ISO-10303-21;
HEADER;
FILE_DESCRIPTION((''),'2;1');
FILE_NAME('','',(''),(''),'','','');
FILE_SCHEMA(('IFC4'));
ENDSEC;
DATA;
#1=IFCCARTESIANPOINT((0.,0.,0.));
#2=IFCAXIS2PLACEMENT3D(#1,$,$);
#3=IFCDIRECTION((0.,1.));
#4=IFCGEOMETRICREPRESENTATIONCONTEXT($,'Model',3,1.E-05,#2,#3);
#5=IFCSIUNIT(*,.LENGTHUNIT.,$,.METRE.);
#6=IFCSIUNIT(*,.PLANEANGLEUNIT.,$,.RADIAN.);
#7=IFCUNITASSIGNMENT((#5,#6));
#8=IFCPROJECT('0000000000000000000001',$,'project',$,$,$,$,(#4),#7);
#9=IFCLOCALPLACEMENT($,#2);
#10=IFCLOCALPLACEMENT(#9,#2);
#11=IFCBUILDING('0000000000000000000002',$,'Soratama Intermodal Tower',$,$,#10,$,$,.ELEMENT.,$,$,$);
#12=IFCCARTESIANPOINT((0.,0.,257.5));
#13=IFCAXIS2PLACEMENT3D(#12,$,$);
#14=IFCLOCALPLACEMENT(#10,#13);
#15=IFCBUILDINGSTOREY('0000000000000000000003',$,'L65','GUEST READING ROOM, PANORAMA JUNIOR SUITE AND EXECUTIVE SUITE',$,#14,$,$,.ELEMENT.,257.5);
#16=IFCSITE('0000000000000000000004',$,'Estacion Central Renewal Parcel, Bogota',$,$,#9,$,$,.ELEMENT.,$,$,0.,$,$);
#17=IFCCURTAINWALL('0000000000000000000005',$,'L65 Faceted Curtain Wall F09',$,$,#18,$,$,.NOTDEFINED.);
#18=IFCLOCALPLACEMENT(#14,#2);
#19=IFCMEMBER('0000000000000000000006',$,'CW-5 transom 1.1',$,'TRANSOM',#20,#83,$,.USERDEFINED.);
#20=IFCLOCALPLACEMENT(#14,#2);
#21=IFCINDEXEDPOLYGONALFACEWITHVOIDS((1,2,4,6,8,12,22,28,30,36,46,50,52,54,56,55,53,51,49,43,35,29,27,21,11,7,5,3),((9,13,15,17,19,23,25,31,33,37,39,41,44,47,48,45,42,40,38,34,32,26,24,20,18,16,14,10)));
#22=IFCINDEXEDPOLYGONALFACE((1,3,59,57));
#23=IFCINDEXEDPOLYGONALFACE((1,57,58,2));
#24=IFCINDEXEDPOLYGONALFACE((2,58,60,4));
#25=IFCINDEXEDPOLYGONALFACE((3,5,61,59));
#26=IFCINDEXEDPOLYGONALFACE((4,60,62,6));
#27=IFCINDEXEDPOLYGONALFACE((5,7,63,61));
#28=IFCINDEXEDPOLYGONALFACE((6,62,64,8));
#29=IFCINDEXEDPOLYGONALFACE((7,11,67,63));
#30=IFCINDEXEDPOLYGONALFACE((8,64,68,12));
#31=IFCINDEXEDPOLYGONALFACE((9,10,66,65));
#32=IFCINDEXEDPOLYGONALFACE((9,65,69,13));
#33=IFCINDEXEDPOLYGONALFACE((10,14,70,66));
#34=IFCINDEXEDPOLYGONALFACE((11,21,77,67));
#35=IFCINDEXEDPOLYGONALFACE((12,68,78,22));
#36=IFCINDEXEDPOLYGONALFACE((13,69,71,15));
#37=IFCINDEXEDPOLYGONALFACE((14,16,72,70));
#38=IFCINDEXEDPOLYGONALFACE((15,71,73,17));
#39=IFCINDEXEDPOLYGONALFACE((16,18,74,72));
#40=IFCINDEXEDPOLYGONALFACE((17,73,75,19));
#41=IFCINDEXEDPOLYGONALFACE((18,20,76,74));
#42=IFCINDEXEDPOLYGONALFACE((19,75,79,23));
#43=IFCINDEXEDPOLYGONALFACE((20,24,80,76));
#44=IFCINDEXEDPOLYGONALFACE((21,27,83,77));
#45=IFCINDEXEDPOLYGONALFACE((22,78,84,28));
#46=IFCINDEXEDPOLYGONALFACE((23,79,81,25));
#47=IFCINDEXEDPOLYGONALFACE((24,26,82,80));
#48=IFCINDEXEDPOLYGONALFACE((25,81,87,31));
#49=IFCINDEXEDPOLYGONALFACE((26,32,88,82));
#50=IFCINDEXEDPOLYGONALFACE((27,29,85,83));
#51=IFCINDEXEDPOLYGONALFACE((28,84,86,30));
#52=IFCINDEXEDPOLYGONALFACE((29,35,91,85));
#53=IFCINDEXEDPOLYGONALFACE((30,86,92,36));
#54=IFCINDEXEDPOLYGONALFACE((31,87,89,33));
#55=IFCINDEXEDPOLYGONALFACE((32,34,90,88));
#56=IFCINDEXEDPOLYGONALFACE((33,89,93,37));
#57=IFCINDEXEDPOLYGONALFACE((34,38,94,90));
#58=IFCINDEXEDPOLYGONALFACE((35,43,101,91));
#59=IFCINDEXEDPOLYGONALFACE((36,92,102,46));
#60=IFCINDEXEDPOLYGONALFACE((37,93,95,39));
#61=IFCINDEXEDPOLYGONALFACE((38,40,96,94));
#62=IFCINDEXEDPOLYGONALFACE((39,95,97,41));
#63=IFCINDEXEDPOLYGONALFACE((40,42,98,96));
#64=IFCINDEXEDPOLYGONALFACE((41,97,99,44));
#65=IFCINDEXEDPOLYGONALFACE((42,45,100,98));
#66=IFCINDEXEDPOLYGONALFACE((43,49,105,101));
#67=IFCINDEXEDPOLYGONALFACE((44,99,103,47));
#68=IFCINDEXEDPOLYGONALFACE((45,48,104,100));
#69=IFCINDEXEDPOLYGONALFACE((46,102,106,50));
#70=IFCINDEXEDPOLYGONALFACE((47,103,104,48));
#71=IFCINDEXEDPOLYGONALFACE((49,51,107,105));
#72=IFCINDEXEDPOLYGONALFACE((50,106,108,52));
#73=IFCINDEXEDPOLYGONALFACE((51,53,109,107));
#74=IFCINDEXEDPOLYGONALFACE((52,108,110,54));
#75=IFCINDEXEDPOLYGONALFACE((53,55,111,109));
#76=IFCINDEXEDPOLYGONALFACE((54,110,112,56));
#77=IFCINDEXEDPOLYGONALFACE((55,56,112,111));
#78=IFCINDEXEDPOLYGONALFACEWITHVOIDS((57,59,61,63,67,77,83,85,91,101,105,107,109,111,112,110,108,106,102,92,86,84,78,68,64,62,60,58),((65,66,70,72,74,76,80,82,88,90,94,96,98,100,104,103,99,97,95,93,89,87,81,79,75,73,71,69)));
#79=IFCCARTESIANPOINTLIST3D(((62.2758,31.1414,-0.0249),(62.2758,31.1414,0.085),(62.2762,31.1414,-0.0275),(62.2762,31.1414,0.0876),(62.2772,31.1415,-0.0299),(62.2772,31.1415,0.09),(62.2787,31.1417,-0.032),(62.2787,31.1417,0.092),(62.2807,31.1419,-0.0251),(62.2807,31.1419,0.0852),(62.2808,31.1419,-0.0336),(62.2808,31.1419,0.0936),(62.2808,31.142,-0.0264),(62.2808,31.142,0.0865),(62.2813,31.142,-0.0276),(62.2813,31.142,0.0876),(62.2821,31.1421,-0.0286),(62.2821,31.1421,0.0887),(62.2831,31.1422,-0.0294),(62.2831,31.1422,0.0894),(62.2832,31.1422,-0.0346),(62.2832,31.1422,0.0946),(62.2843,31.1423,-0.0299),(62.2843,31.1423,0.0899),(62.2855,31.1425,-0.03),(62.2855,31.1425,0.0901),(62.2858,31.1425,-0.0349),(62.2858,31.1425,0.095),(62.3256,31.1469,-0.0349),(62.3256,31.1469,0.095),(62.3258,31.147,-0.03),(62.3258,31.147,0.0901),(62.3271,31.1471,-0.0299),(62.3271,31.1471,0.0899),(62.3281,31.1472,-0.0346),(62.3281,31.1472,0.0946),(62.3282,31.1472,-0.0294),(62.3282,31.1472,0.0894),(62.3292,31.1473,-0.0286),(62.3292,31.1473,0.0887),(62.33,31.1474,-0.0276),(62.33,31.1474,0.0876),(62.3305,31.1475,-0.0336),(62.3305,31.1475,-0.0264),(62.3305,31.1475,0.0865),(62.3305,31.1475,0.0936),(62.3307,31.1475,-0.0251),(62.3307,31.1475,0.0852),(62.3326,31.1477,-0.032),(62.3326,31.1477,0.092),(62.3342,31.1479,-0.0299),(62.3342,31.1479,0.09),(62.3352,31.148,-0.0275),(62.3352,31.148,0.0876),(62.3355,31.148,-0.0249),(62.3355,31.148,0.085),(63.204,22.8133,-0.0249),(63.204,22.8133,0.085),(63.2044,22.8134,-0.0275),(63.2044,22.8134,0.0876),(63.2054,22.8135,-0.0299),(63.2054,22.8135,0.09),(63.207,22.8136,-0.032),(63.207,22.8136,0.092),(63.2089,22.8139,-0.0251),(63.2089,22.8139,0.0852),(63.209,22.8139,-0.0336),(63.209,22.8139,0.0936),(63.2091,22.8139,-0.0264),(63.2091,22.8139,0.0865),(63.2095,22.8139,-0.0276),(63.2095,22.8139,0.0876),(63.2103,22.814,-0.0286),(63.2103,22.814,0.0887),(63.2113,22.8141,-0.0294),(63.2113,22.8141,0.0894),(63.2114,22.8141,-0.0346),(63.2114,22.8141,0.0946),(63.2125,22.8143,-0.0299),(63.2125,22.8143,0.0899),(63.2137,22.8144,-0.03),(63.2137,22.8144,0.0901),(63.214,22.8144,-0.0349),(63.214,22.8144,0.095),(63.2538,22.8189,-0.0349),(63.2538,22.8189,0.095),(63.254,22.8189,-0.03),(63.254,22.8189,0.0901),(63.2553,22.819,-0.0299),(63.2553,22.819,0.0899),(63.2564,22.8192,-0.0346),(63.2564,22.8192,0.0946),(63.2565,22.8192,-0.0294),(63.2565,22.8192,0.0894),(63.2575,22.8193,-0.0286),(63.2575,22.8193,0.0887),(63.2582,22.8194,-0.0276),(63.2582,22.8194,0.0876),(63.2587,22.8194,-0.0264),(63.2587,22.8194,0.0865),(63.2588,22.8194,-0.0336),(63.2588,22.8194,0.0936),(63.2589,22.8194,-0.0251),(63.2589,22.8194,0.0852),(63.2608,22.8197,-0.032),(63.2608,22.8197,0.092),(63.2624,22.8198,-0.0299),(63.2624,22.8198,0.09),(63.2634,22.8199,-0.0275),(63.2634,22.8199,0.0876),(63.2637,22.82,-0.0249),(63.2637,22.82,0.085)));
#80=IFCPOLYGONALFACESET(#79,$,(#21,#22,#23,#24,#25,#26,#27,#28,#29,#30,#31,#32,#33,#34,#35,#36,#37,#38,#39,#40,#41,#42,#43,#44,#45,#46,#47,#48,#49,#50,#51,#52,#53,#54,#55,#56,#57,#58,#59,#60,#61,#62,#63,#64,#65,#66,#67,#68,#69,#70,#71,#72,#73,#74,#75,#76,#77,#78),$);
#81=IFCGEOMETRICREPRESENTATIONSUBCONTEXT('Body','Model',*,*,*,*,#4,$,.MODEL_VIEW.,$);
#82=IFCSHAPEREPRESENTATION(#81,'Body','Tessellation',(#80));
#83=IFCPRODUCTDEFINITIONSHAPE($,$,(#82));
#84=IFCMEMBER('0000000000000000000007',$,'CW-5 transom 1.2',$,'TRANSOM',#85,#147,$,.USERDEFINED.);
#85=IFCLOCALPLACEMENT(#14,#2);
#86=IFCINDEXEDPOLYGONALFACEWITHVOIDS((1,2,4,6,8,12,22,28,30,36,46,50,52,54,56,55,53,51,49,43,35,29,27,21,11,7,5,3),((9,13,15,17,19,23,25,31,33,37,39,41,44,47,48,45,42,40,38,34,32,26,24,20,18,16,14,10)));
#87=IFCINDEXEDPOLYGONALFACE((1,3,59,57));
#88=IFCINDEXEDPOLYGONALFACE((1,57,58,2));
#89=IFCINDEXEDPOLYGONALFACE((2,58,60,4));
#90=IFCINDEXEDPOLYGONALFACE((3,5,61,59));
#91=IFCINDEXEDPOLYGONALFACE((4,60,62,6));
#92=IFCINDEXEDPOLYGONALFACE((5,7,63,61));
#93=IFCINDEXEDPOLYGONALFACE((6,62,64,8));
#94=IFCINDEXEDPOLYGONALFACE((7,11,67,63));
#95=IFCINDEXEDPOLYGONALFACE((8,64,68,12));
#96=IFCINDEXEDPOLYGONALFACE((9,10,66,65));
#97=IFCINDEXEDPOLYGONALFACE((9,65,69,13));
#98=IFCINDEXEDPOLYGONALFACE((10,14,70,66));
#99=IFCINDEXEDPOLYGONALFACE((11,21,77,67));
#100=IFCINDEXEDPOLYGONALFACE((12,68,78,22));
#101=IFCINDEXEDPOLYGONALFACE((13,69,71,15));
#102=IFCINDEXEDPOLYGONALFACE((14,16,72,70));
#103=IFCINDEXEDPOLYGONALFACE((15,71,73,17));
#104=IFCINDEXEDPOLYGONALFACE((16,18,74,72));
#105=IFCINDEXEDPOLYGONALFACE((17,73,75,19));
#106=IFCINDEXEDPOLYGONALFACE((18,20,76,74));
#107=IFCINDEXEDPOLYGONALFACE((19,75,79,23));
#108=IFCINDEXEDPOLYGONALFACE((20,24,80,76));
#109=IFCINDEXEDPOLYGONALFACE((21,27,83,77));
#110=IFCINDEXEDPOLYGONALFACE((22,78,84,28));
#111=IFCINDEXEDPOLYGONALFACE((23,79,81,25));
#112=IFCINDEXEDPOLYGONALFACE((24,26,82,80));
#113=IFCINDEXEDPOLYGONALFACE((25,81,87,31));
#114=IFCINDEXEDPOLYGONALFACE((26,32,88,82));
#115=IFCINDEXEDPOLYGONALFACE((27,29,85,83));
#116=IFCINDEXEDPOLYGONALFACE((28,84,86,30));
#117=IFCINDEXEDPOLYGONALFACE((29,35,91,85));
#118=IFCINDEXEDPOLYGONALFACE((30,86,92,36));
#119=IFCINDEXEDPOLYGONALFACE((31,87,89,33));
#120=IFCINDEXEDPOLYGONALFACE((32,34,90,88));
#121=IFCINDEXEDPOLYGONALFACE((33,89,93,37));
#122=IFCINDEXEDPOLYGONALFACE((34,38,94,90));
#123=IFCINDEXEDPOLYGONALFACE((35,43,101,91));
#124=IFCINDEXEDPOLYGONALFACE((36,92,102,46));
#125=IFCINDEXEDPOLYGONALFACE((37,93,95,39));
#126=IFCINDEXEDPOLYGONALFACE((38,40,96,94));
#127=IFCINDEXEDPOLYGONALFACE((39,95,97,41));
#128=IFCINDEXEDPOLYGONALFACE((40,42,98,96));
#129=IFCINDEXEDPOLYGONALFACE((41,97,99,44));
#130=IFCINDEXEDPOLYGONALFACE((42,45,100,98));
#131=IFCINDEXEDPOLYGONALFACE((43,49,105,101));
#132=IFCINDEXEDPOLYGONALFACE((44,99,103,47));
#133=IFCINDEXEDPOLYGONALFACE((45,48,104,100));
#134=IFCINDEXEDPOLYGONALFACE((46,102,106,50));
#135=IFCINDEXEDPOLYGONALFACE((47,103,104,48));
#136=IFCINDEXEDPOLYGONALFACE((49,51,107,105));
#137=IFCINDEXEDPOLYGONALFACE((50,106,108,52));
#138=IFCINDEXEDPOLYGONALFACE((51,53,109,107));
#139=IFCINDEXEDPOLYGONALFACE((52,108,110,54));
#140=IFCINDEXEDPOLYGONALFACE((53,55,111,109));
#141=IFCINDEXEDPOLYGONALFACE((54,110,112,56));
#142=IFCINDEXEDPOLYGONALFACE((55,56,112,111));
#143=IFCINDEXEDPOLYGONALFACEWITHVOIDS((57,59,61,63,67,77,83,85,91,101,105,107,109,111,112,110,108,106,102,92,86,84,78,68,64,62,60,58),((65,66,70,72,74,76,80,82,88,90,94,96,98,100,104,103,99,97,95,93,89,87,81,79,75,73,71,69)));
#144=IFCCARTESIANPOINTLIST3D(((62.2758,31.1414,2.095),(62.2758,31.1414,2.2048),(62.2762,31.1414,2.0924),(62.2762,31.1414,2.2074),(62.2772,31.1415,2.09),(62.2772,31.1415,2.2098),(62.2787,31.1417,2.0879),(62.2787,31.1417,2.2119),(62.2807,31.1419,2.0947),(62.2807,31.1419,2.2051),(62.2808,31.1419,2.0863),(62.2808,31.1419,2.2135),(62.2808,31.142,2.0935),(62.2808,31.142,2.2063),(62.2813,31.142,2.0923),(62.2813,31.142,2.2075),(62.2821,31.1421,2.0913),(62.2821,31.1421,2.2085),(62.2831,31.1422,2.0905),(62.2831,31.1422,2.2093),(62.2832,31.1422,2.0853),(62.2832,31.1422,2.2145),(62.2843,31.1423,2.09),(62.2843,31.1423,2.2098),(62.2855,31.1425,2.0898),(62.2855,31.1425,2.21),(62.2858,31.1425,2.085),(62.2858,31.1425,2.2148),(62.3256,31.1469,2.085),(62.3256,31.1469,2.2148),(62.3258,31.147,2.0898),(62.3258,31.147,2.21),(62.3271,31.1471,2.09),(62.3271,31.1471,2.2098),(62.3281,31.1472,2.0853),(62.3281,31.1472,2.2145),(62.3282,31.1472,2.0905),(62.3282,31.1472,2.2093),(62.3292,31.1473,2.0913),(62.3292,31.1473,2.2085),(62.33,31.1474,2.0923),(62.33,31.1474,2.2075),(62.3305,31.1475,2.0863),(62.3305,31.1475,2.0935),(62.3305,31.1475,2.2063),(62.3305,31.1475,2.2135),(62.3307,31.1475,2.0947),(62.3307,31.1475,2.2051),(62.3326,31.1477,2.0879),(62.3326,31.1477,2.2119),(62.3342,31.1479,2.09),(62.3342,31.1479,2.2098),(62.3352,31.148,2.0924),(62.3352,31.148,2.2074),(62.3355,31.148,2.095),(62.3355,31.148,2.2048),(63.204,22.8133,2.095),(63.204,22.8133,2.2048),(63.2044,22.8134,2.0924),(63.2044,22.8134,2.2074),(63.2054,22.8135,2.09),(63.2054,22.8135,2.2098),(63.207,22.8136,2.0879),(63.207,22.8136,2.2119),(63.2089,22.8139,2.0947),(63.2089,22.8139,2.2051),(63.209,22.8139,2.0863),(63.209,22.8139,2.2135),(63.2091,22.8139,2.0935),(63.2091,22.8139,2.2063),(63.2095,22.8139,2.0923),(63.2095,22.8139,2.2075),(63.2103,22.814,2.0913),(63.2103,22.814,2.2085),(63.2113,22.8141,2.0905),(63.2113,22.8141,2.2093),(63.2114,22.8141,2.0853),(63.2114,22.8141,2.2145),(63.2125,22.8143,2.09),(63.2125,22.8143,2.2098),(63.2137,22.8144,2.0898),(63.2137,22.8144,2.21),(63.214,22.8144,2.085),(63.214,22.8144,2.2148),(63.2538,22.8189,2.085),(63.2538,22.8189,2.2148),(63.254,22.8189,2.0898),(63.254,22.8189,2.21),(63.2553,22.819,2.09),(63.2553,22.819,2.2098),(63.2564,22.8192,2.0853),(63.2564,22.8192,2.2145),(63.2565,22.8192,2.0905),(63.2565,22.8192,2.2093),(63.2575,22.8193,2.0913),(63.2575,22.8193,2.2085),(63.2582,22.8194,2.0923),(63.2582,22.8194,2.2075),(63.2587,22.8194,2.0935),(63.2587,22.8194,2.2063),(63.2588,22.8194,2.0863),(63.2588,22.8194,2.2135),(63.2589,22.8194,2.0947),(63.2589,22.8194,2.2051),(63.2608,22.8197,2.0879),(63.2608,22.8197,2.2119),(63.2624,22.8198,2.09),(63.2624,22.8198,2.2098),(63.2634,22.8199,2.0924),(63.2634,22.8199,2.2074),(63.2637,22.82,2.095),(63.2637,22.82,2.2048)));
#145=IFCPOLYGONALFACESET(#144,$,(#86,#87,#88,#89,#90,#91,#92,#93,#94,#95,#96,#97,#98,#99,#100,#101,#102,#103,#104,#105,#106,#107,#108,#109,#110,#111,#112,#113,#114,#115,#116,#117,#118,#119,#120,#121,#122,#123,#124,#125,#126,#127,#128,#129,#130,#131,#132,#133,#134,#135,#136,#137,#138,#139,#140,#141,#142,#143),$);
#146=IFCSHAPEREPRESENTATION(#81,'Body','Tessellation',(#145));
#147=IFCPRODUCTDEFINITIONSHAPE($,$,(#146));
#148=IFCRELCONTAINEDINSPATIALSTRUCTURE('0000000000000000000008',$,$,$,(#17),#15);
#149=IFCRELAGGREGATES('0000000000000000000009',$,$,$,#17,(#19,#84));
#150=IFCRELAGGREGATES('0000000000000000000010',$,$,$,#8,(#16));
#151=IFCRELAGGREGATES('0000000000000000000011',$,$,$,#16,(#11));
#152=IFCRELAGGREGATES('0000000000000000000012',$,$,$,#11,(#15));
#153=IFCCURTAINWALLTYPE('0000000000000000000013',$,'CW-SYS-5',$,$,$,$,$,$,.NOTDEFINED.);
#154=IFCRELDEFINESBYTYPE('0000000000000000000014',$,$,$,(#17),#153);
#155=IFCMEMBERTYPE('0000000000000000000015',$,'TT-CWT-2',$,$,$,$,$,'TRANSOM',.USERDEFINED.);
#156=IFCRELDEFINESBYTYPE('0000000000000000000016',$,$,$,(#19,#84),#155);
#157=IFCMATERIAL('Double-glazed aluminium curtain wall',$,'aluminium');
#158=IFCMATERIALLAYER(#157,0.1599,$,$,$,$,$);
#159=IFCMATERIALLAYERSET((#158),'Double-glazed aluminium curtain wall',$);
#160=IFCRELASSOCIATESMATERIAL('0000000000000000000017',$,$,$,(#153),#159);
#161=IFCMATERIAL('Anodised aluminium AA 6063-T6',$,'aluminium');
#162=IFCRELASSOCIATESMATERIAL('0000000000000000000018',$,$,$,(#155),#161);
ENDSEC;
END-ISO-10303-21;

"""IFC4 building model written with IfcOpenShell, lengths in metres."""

from ifc_helpers import new_model, si_unit, direction, frame, origin, origin_2d, place, context, subcontext, project, spatial, hollow_rectangle, extrude, material, layer, layer_set, material_profile, profile_set, type_object, element, aggregate, save


model = new_model("IFC4")

# Units and contexts
model_context = context("Model", 3, precision=1e-05, world=origin(), true_north=direction((0.0, 1.0)))
body_context = subcontext(model_context, "Body", "Model", "MODEL_VIEW")
ifc_project = project(units=[si_unit("LENGTHUNIT", "METRE"), si_unit("PLANEANGLEUNIT", "RADIAN")], contexts=[model_context])

# Site, building, storey
site_placement = place(None, origin())
site = spatial("IfcSite", under=ifc_project, at=site_placement, Name="Estacion Central Renewal Parcel, Bogota", CompositionType="ELEMENT", RefElevation=0.0)
building_placement = place(site_placement, origin())
building = spatial("IfcBuilding", under=site, at=building_placement, Name="Soratama Intermodal Tower", CompositionType="ELEMENT")
storey_placement = place(building_placement, frame((0.0, 0.0, 257.5)))
storey = spatial("IfcBuildingStorey", under=building, at=storey_placement, Name="L65", Description="GUEST READING ROOM, PANORAMA JUNIOR SUITE AND EXECUTIVE SUITE", CompositionType="ELEMENT", Elevation=257.5)

# Shared definitions
ifc_material_1 = material(Name="Double-glazed aluminium curtain wall", Category="aluminium")
ifc_layer_1 = layer(ifc_material_1, 0.1599)
ifc_layer_set_1 = layer_set([ifc_layer_1], Name="Double-glazed aluminium curtain wall")
curtain_wall_type = type_object("IfcCurtainWallType", Name="CW-SYS-5", PredefinedType="NOTDEFINED", material=ifc_layer_set_1)

# Curtain wall, members
curtain_wall_1_placement = place(storey_placement, origin())
curtain_wall_1 = element("IfcCurtainWall", 1, at=curtain_wall_1_placement, inside=storey, type_object=curtain_wall_type, Name="L65 Faceted Curtain Wall F09", PredefinedType="NOTDEFINED")
ifc_material_2 = material(Name="Anodised aluminium AA 6063-T6", Category="aluminium")
ifc_material_profile_1 = material_profile(ifc_material_2, hollow_rectangle(XDim=0.0601, YDim=0.1299, WallThickness=0.0049, InnerFilletRadius=0.0049, OuterFilletRadius=0.01, at=origin_2d()), Name="CWT130X60X5")
ifc_profile_set_1 = profile_set([ifc_material_profile_1], Name="Anodised aluminium AA 6063-T6")
member_type_1 = type_object("IfcMemberType", Name="TT-CWT-2", ElementType="TRANSOM", PredefinedType="USERDEFINED", material=ifc_profile_set_1)
member_1_placement = place(storey_placement, frame((63.2339, 22.8167, 0.03), z_axis=(-0.11077, 0.993846, 0.0), x_axis=(-0.993846, -0.11077, 0.0)))
member_1 = element("IfcMember", 2, at=member_1_placement, type_object=member_type_1, Name="CW-5 transom 1.1", ObjectType="TRANSOM", PredefinedType="USERDEFINED", context=body_context, shape_type="SweptSolid", body=[
    extrude(hollow_rectangle(XDim=0.0601, YDim=0.1299, WallThickness=0.0049, InnerFilletRadius=0.0049, OuterFilletRadius=0.01, at=origin_2d()), origin(), (0.0, 0.0, 1.0), 8.3796),
])
member_2_placement = place(storey_placement, frame((63.2339, 22.8167, 2.1499), z_axis=(-0.11077, 0.993846, 0.0), x_axis=(-0.993846, -0.11077, 0.0)))
member_2 = element("IfcMember", 3, at=member_2_placement, type_object=member_type_1, Name="CW-5 transom 1.2", ObjectType="TRANSOM", PredefinedType="USERDEFINED", context=body_context, shape_type="SweptSolid", body=[
    extrude(hollow_rectangle(XDim=0.0601, YDim=0.1299, WallThickness=0.0049, InnerFilletRadius=0.0049, OuterFilletRadius=0.01, at=origin_2d()), origin(), (0.0, 0.0, 1.0), 8.3796),
])
aggregate(curtain_wall_1, [member_1, member_2])

save(model, "model.ifc")
